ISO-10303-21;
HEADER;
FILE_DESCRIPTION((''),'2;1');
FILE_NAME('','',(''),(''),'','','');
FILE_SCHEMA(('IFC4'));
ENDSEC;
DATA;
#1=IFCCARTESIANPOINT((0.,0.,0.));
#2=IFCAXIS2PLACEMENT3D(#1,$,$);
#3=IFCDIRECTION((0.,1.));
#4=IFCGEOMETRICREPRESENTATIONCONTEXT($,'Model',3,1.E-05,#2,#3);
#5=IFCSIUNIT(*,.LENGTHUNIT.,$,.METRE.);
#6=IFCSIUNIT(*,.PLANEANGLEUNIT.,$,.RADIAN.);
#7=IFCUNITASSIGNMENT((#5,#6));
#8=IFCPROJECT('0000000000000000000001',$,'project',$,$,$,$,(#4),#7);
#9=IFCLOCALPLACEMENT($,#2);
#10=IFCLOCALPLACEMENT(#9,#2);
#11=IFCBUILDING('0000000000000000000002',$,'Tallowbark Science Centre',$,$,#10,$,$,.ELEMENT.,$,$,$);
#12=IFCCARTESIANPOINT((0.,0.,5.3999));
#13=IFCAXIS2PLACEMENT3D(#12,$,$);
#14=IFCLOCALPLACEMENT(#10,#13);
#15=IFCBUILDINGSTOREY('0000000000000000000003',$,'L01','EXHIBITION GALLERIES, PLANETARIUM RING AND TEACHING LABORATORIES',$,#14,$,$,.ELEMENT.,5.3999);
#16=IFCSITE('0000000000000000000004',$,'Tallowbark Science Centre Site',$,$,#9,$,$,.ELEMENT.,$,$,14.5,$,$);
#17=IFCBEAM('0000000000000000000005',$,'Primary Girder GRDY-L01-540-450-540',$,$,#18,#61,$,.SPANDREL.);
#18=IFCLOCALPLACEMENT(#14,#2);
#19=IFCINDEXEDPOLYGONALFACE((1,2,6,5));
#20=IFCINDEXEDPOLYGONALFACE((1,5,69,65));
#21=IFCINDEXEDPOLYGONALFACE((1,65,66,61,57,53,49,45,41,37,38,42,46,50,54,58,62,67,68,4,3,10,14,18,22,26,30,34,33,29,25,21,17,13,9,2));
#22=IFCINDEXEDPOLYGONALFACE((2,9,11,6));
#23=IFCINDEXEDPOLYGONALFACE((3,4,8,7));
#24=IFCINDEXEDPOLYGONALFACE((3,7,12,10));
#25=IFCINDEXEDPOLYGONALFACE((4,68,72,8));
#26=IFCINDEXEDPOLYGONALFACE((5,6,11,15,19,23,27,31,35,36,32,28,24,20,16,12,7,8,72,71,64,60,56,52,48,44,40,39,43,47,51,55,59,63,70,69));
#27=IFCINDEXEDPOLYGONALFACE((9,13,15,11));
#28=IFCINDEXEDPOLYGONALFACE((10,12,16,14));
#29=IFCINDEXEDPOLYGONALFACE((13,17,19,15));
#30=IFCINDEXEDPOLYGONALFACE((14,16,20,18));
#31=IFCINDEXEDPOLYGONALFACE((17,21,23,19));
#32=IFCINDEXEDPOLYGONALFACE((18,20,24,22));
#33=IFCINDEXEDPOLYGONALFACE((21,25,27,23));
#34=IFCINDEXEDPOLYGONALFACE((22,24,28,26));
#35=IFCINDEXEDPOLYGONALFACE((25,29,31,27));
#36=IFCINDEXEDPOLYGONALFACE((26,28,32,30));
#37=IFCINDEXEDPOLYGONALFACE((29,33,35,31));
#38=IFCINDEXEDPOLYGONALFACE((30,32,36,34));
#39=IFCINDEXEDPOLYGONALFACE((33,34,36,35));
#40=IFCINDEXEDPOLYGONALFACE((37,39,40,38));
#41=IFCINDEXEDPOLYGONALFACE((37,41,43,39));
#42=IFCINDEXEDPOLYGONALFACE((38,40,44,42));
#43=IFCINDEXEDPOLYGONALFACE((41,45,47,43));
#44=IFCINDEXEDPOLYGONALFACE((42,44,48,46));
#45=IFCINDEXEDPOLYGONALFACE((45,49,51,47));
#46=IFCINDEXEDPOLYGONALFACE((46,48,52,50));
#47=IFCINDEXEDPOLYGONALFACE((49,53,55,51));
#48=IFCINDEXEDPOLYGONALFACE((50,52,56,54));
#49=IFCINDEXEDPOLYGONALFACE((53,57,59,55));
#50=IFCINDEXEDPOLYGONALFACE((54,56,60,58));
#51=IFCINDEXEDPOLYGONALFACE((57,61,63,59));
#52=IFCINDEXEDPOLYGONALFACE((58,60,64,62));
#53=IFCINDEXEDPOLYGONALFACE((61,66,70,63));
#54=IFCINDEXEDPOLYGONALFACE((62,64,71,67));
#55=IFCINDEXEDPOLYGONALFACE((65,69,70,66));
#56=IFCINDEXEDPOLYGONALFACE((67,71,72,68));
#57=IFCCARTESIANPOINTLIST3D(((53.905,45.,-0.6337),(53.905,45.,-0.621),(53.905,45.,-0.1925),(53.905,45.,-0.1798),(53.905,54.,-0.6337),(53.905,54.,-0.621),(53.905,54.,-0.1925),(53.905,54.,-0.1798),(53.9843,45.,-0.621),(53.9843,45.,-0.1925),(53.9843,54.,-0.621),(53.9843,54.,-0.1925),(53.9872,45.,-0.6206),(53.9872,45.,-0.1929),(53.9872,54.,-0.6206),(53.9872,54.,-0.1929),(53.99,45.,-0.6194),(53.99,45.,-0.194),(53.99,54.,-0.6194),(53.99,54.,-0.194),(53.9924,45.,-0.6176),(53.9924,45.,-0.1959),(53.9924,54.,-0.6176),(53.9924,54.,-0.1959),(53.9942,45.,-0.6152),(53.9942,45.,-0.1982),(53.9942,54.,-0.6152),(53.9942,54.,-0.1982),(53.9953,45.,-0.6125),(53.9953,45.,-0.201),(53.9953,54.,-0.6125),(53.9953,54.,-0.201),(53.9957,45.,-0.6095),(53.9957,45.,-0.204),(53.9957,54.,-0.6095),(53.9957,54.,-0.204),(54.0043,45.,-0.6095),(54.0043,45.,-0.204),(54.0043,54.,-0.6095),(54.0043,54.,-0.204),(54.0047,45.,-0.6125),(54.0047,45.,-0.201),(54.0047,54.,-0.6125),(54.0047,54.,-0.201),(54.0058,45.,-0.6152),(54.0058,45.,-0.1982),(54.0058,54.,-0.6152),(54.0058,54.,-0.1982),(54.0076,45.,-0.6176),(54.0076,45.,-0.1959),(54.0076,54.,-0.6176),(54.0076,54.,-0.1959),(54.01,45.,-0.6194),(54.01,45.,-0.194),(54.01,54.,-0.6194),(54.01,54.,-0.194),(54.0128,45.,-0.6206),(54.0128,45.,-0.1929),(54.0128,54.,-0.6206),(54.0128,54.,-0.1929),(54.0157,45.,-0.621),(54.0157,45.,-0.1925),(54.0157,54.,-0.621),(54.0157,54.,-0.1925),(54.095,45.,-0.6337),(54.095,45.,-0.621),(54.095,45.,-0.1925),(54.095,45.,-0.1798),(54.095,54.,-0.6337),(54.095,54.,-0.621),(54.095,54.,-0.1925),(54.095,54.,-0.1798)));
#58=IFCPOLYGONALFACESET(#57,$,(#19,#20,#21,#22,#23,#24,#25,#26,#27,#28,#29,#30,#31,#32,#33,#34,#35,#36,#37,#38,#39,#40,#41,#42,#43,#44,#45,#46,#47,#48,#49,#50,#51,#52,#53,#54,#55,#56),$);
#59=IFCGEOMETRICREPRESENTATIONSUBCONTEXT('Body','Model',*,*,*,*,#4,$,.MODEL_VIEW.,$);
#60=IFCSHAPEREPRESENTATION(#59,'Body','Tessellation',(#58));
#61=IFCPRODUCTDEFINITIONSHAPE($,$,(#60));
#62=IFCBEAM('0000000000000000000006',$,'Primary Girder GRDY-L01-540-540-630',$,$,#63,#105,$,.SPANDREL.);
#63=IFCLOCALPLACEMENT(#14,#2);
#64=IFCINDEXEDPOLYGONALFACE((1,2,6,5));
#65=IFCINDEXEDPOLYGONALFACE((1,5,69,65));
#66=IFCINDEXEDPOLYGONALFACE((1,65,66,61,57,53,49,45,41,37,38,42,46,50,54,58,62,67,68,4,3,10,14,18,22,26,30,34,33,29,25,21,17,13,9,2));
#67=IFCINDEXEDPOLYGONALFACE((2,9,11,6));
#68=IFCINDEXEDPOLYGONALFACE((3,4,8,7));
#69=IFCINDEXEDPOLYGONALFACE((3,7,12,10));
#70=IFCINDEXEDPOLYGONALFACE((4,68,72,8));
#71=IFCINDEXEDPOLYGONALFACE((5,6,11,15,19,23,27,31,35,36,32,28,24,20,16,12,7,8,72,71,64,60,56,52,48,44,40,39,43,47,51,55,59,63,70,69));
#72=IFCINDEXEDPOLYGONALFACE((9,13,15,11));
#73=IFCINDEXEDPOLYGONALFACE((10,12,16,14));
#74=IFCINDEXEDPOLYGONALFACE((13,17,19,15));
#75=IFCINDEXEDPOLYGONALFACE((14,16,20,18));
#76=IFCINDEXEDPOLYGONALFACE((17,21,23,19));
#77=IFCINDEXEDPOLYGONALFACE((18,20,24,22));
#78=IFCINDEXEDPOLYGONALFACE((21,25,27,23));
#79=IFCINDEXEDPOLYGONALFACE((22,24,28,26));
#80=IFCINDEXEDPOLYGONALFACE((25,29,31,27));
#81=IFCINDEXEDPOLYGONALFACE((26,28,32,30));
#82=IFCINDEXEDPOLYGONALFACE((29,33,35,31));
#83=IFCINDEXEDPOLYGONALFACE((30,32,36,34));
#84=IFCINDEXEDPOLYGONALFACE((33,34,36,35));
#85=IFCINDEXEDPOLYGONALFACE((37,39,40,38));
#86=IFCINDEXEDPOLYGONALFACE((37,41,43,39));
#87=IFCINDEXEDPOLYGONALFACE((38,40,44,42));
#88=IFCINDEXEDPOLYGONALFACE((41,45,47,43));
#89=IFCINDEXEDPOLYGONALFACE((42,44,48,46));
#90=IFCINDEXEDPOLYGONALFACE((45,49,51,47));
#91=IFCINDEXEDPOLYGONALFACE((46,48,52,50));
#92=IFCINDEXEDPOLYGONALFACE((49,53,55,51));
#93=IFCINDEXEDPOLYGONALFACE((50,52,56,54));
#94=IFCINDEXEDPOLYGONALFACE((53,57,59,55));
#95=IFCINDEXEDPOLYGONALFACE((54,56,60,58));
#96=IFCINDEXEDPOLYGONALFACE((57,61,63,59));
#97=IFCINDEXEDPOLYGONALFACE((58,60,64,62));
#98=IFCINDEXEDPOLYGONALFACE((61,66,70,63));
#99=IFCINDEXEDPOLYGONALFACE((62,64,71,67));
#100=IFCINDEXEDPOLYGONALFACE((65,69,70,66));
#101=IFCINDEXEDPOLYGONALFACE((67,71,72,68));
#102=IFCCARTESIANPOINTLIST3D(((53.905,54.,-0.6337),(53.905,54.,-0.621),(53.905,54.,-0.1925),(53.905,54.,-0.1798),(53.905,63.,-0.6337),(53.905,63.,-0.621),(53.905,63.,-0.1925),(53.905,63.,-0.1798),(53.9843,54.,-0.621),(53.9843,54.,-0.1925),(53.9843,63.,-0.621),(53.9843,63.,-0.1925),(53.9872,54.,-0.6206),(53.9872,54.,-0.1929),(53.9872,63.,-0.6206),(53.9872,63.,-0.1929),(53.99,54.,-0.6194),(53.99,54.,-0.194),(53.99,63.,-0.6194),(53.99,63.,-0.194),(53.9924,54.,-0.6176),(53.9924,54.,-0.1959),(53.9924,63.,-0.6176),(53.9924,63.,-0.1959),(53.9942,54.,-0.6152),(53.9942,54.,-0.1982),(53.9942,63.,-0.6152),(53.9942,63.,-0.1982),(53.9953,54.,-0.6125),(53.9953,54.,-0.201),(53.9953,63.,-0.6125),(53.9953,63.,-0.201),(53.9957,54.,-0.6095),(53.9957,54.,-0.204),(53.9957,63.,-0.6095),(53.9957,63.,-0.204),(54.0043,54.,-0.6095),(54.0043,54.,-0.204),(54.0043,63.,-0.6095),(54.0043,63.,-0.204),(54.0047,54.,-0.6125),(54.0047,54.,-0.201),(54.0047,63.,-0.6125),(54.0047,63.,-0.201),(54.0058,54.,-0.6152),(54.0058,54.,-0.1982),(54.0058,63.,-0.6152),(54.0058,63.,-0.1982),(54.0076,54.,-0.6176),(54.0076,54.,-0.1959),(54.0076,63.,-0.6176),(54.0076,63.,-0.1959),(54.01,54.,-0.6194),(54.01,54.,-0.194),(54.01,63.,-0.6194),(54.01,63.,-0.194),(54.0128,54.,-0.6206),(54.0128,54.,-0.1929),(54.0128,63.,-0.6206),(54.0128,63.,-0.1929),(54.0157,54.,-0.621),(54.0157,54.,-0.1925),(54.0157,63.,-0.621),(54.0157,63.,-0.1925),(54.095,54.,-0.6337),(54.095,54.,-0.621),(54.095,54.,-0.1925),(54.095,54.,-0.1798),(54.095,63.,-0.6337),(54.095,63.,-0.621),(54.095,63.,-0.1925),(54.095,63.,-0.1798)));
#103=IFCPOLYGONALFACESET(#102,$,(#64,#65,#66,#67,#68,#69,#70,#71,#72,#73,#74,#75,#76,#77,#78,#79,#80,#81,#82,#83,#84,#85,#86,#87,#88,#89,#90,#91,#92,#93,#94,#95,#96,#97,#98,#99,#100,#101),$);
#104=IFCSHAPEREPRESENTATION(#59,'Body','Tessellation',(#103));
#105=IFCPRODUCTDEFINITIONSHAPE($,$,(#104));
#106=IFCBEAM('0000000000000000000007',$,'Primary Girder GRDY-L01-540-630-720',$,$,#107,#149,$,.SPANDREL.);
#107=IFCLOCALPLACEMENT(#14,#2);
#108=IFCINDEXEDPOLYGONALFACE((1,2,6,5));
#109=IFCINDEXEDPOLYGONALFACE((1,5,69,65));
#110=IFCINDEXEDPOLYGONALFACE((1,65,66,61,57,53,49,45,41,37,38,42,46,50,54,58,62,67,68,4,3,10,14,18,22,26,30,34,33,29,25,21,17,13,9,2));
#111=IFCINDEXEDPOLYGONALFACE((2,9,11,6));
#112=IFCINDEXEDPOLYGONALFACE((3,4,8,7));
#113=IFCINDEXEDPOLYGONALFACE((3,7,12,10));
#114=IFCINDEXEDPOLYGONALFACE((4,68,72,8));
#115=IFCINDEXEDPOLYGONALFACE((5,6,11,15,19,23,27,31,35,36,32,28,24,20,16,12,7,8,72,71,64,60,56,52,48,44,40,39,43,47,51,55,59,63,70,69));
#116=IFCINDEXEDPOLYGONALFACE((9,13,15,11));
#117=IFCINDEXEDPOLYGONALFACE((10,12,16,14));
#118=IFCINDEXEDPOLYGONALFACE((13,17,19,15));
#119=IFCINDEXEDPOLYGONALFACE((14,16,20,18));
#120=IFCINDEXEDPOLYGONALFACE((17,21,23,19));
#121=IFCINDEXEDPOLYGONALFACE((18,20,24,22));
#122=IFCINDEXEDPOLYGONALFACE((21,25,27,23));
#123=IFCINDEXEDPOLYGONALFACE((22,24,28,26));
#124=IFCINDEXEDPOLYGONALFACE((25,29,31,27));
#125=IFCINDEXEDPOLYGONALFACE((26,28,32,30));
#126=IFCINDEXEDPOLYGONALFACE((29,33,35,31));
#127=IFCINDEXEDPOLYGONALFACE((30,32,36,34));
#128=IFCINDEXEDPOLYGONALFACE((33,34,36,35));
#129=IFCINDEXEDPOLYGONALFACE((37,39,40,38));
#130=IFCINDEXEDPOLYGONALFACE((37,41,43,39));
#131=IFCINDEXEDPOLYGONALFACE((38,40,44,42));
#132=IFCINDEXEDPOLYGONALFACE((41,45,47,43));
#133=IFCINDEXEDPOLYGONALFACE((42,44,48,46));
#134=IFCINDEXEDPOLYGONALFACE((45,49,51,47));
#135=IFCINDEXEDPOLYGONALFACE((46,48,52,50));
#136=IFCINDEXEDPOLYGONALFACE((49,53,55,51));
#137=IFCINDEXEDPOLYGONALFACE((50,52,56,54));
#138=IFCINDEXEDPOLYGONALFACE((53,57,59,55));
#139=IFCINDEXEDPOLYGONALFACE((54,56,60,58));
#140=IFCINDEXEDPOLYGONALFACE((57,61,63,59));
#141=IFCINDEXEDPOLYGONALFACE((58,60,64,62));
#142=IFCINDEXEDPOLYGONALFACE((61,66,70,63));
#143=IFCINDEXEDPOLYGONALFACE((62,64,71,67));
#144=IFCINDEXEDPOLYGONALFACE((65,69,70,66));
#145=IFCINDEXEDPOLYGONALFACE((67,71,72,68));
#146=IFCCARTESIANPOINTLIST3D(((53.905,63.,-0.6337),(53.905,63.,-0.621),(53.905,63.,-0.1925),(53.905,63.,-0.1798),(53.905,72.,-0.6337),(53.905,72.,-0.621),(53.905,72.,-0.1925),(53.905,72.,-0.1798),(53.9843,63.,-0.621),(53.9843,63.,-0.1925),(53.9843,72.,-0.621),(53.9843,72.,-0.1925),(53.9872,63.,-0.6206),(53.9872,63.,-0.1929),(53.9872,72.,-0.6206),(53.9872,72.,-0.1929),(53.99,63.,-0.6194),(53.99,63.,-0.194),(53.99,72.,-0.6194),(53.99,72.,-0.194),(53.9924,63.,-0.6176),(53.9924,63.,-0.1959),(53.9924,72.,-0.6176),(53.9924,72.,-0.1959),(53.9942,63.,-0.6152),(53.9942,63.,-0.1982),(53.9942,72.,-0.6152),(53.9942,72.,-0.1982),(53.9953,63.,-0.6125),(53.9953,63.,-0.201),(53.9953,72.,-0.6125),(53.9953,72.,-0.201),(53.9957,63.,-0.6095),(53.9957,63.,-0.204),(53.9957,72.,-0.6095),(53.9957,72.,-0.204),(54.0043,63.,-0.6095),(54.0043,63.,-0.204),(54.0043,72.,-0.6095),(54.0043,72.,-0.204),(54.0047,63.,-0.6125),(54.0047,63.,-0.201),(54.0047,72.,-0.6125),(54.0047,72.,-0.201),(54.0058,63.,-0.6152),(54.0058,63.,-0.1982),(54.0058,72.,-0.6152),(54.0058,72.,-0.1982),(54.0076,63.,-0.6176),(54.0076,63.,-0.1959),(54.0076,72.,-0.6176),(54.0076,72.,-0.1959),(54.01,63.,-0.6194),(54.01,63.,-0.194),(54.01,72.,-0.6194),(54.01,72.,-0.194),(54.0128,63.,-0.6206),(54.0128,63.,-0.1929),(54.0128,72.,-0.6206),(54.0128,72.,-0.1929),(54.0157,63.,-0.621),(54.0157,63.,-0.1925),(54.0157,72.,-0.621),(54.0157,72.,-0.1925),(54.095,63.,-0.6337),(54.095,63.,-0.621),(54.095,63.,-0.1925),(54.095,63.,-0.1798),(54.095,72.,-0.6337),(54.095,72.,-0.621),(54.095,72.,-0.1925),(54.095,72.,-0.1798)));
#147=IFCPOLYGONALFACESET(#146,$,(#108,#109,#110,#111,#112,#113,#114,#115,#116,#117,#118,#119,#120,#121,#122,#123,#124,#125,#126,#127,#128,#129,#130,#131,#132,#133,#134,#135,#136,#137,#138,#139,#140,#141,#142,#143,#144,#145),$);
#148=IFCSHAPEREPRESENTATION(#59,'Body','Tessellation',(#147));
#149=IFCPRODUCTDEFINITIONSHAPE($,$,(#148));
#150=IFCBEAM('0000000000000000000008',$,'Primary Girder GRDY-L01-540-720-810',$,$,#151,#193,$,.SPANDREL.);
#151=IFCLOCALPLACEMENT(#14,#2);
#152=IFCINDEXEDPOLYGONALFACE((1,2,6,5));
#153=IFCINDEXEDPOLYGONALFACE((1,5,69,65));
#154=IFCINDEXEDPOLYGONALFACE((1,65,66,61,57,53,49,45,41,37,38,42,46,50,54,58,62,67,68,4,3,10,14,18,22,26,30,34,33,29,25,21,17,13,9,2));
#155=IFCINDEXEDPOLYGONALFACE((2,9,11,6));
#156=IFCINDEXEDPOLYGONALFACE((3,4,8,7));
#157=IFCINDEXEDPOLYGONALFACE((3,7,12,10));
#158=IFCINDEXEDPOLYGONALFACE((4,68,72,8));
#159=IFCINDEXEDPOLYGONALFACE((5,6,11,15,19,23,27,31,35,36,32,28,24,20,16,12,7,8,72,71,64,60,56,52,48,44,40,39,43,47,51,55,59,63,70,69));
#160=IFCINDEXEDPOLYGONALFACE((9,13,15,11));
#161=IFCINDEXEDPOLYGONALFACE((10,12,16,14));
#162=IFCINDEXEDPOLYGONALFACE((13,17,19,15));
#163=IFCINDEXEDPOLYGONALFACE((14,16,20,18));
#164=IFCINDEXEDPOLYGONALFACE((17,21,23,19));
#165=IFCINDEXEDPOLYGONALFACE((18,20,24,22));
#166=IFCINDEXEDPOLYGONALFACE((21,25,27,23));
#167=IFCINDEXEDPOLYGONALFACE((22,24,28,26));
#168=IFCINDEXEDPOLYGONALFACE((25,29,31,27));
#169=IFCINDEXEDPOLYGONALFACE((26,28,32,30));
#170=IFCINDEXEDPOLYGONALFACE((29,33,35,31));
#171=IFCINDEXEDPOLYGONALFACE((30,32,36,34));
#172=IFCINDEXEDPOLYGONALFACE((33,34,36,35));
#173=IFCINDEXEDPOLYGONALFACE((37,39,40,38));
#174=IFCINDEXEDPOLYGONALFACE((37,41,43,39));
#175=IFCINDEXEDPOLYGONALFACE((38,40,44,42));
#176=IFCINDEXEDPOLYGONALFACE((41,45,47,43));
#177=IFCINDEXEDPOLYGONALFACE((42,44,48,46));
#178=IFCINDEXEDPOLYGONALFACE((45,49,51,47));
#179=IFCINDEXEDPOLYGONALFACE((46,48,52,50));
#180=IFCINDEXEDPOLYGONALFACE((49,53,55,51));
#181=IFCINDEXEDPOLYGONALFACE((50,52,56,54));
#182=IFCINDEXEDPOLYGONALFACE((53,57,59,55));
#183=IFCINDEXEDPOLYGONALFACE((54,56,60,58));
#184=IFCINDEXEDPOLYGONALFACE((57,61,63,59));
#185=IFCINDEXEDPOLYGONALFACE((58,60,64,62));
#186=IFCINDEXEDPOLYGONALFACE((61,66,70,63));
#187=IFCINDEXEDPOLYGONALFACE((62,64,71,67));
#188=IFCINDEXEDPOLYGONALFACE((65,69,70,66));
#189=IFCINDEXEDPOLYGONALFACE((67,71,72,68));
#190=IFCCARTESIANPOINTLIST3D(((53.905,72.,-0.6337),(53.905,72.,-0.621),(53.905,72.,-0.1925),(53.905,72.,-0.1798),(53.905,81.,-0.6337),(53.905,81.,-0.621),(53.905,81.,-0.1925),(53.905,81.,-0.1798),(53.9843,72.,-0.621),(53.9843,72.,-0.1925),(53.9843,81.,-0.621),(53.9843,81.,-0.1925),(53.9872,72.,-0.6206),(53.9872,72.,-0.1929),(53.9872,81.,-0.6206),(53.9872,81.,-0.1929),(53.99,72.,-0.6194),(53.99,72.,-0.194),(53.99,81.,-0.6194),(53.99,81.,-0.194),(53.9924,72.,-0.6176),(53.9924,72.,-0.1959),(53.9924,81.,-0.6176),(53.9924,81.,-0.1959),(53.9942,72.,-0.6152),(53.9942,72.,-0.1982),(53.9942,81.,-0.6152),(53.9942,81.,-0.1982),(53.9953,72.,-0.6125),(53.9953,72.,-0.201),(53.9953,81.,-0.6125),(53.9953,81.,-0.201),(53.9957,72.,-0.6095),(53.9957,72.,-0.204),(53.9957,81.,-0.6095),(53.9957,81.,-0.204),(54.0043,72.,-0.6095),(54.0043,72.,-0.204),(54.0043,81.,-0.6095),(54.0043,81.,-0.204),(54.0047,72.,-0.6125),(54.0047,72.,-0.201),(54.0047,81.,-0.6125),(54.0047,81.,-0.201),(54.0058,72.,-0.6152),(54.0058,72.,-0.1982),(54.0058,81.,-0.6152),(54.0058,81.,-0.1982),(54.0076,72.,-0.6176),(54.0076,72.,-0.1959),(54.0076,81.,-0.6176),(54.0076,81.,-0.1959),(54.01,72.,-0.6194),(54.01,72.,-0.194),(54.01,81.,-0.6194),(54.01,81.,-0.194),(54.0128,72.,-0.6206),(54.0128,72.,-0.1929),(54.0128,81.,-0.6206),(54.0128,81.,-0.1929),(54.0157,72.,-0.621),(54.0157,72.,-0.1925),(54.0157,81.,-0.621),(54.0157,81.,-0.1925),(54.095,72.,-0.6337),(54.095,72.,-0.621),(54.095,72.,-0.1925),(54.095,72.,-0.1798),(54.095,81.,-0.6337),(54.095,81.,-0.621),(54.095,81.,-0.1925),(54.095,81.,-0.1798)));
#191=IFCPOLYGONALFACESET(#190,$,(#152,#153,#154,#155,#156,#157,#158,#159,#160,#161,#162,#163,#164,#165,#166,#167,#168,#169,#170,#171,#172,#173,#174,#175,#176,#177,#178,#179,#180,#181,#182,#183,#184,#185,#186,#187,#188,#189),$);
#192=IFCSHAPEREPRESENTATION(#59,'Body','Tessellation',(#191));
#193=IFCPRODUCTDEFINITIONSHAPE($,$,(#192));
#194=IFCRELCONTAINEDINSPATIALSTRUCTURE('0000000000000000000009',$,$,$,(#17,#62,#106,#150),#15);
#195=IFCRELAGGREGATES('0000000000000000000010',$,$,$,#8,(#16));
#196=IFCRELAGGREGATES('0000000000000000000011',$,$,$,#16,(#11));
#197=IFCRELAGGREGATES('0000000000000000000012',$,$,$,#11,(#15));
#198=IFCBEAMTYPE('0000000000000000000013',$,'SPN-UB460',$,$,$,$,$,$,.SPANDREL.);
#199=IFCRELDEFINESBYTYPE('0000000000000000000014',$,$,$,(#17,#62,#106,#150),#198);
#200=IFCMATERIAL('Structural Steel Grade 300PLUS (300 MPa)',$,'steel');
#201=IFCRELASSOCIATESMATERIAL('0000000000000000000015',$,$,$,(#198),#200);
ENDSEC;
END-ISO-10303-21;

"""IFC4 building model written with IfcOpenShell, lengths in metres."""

from ifc_helpers import new_model, si_unit, direction, frame, origin, origin_2d, place, context, subcontext, project, spatial, i_section, extrude, material, material_profile, profile_set, type_object, element, save


model = new_model("IFC4")

# Units and contexts
model_context = context("Model", 3, precision=1e-05, world=origin(), true_north=direction((0.0, 1.0)))
body_context = subcontext(model_context, "Body", "Model", "MODEL_VIEW")
ifc_project = project(units=[si_unit("LENGTHUNIT", "METRE"), si_unit("PLANEANGLEUNIT", "RADIAN")], contexts=[model_context])

# Site, building, storey
site_placement = place(None, origin())
site = spatial("IfcSite", under=ifc_project, at=site_placement, Name="Tallowbark Science Centre Site", CompositionType="ELEMENT", RefElevation=14.5)
building_placement = place(site_placement, origin())
building = spatial("IfcBuilding", under=site, at=building_placement, Name="Tallowbark Science Centre", CompositionType="ELEMENT")
storey_placement = place(building_placement, frame((0.0, 0.0, 5.3999)))
storey = spatial("IfcBuildingStorey", under=building, at=storey_placement, Name="L01", Description="EXHIBITION GALLERIES, PLANETARIUM RING AND TEACHING LABORATORIES", CompositionType="ELEMENT", Elevation=5.3999)

# Shared definitions
ifc_material_1 = material(Name="Structural Steel Grade 300PLUS (300 MPa)", Category="steel")

# Beams
ifc_material_profile_1 = material_profile(ifc_material_1, i_section(OverallWidth=0.1899, OverallDepth=0.4539, WebThickness=0.0085, FlangeThickness=0.0127, FilletRadius=0.0115, at=origin_2d()), Name="460UB67.1")
ifc_profile_set_1 = profile_set([ifc_material_profile_1], Name="Structural Steel Grade 300PLUS (300 MPa)")
beam_type_1 = type_object("IfcBeamType", Name="SPN-UB460", PredefinedType="SPANDREL", material=ifc_profile_set_1)
for number, where, z_axis, x_axis, name in (
    (1, (54.0, 45.0, -0.4067), (0.0, 1.0, 0.0), (-1.0, 0.0, 0.0), "Primary Girder GRDY-L01-540-450-540"),
    (2, (54.0, 54.0, -0.4067), (0.0, 1.0, 0.0), (-1.0, 0.0, 0.0), "Primary Girder GRDY-L01-540-540-630"),
    (3, (54.0, 63.0, -0.4067), (0.0, 1.0, 0.0), (-1.0, 0.0, 0.0), "Primary Girder GRDY-L01-540-630-720"),
    (4, (54.0, 72.0, -0.4067), (0.0, 1.0, 0.0), (-1.0, 0.0, 0.0), "Primary Girder GRDY-L01-540-720-810"),
):
    element("IfcBeam", number, at=place(storey_placement, frame(where, z_axis=z_axis, x_axis=x_axis)), inside=storey, type_object=beam_type_1, Name=name, PredefinedType="SPANDREL", context=body_context, shape_type="SweptSolid", body=[
        extrude(i_section(OverallWidth=0.1899, OverallDepth=0.4539, WebThickness=0.0085, FlangeThickness=0.0127, FilletRadius=0.0115, at=origin_2d()), origin(), (0.0, 0.0, 1.0), 9.0),
    ])

save(model, "model.ifc")
